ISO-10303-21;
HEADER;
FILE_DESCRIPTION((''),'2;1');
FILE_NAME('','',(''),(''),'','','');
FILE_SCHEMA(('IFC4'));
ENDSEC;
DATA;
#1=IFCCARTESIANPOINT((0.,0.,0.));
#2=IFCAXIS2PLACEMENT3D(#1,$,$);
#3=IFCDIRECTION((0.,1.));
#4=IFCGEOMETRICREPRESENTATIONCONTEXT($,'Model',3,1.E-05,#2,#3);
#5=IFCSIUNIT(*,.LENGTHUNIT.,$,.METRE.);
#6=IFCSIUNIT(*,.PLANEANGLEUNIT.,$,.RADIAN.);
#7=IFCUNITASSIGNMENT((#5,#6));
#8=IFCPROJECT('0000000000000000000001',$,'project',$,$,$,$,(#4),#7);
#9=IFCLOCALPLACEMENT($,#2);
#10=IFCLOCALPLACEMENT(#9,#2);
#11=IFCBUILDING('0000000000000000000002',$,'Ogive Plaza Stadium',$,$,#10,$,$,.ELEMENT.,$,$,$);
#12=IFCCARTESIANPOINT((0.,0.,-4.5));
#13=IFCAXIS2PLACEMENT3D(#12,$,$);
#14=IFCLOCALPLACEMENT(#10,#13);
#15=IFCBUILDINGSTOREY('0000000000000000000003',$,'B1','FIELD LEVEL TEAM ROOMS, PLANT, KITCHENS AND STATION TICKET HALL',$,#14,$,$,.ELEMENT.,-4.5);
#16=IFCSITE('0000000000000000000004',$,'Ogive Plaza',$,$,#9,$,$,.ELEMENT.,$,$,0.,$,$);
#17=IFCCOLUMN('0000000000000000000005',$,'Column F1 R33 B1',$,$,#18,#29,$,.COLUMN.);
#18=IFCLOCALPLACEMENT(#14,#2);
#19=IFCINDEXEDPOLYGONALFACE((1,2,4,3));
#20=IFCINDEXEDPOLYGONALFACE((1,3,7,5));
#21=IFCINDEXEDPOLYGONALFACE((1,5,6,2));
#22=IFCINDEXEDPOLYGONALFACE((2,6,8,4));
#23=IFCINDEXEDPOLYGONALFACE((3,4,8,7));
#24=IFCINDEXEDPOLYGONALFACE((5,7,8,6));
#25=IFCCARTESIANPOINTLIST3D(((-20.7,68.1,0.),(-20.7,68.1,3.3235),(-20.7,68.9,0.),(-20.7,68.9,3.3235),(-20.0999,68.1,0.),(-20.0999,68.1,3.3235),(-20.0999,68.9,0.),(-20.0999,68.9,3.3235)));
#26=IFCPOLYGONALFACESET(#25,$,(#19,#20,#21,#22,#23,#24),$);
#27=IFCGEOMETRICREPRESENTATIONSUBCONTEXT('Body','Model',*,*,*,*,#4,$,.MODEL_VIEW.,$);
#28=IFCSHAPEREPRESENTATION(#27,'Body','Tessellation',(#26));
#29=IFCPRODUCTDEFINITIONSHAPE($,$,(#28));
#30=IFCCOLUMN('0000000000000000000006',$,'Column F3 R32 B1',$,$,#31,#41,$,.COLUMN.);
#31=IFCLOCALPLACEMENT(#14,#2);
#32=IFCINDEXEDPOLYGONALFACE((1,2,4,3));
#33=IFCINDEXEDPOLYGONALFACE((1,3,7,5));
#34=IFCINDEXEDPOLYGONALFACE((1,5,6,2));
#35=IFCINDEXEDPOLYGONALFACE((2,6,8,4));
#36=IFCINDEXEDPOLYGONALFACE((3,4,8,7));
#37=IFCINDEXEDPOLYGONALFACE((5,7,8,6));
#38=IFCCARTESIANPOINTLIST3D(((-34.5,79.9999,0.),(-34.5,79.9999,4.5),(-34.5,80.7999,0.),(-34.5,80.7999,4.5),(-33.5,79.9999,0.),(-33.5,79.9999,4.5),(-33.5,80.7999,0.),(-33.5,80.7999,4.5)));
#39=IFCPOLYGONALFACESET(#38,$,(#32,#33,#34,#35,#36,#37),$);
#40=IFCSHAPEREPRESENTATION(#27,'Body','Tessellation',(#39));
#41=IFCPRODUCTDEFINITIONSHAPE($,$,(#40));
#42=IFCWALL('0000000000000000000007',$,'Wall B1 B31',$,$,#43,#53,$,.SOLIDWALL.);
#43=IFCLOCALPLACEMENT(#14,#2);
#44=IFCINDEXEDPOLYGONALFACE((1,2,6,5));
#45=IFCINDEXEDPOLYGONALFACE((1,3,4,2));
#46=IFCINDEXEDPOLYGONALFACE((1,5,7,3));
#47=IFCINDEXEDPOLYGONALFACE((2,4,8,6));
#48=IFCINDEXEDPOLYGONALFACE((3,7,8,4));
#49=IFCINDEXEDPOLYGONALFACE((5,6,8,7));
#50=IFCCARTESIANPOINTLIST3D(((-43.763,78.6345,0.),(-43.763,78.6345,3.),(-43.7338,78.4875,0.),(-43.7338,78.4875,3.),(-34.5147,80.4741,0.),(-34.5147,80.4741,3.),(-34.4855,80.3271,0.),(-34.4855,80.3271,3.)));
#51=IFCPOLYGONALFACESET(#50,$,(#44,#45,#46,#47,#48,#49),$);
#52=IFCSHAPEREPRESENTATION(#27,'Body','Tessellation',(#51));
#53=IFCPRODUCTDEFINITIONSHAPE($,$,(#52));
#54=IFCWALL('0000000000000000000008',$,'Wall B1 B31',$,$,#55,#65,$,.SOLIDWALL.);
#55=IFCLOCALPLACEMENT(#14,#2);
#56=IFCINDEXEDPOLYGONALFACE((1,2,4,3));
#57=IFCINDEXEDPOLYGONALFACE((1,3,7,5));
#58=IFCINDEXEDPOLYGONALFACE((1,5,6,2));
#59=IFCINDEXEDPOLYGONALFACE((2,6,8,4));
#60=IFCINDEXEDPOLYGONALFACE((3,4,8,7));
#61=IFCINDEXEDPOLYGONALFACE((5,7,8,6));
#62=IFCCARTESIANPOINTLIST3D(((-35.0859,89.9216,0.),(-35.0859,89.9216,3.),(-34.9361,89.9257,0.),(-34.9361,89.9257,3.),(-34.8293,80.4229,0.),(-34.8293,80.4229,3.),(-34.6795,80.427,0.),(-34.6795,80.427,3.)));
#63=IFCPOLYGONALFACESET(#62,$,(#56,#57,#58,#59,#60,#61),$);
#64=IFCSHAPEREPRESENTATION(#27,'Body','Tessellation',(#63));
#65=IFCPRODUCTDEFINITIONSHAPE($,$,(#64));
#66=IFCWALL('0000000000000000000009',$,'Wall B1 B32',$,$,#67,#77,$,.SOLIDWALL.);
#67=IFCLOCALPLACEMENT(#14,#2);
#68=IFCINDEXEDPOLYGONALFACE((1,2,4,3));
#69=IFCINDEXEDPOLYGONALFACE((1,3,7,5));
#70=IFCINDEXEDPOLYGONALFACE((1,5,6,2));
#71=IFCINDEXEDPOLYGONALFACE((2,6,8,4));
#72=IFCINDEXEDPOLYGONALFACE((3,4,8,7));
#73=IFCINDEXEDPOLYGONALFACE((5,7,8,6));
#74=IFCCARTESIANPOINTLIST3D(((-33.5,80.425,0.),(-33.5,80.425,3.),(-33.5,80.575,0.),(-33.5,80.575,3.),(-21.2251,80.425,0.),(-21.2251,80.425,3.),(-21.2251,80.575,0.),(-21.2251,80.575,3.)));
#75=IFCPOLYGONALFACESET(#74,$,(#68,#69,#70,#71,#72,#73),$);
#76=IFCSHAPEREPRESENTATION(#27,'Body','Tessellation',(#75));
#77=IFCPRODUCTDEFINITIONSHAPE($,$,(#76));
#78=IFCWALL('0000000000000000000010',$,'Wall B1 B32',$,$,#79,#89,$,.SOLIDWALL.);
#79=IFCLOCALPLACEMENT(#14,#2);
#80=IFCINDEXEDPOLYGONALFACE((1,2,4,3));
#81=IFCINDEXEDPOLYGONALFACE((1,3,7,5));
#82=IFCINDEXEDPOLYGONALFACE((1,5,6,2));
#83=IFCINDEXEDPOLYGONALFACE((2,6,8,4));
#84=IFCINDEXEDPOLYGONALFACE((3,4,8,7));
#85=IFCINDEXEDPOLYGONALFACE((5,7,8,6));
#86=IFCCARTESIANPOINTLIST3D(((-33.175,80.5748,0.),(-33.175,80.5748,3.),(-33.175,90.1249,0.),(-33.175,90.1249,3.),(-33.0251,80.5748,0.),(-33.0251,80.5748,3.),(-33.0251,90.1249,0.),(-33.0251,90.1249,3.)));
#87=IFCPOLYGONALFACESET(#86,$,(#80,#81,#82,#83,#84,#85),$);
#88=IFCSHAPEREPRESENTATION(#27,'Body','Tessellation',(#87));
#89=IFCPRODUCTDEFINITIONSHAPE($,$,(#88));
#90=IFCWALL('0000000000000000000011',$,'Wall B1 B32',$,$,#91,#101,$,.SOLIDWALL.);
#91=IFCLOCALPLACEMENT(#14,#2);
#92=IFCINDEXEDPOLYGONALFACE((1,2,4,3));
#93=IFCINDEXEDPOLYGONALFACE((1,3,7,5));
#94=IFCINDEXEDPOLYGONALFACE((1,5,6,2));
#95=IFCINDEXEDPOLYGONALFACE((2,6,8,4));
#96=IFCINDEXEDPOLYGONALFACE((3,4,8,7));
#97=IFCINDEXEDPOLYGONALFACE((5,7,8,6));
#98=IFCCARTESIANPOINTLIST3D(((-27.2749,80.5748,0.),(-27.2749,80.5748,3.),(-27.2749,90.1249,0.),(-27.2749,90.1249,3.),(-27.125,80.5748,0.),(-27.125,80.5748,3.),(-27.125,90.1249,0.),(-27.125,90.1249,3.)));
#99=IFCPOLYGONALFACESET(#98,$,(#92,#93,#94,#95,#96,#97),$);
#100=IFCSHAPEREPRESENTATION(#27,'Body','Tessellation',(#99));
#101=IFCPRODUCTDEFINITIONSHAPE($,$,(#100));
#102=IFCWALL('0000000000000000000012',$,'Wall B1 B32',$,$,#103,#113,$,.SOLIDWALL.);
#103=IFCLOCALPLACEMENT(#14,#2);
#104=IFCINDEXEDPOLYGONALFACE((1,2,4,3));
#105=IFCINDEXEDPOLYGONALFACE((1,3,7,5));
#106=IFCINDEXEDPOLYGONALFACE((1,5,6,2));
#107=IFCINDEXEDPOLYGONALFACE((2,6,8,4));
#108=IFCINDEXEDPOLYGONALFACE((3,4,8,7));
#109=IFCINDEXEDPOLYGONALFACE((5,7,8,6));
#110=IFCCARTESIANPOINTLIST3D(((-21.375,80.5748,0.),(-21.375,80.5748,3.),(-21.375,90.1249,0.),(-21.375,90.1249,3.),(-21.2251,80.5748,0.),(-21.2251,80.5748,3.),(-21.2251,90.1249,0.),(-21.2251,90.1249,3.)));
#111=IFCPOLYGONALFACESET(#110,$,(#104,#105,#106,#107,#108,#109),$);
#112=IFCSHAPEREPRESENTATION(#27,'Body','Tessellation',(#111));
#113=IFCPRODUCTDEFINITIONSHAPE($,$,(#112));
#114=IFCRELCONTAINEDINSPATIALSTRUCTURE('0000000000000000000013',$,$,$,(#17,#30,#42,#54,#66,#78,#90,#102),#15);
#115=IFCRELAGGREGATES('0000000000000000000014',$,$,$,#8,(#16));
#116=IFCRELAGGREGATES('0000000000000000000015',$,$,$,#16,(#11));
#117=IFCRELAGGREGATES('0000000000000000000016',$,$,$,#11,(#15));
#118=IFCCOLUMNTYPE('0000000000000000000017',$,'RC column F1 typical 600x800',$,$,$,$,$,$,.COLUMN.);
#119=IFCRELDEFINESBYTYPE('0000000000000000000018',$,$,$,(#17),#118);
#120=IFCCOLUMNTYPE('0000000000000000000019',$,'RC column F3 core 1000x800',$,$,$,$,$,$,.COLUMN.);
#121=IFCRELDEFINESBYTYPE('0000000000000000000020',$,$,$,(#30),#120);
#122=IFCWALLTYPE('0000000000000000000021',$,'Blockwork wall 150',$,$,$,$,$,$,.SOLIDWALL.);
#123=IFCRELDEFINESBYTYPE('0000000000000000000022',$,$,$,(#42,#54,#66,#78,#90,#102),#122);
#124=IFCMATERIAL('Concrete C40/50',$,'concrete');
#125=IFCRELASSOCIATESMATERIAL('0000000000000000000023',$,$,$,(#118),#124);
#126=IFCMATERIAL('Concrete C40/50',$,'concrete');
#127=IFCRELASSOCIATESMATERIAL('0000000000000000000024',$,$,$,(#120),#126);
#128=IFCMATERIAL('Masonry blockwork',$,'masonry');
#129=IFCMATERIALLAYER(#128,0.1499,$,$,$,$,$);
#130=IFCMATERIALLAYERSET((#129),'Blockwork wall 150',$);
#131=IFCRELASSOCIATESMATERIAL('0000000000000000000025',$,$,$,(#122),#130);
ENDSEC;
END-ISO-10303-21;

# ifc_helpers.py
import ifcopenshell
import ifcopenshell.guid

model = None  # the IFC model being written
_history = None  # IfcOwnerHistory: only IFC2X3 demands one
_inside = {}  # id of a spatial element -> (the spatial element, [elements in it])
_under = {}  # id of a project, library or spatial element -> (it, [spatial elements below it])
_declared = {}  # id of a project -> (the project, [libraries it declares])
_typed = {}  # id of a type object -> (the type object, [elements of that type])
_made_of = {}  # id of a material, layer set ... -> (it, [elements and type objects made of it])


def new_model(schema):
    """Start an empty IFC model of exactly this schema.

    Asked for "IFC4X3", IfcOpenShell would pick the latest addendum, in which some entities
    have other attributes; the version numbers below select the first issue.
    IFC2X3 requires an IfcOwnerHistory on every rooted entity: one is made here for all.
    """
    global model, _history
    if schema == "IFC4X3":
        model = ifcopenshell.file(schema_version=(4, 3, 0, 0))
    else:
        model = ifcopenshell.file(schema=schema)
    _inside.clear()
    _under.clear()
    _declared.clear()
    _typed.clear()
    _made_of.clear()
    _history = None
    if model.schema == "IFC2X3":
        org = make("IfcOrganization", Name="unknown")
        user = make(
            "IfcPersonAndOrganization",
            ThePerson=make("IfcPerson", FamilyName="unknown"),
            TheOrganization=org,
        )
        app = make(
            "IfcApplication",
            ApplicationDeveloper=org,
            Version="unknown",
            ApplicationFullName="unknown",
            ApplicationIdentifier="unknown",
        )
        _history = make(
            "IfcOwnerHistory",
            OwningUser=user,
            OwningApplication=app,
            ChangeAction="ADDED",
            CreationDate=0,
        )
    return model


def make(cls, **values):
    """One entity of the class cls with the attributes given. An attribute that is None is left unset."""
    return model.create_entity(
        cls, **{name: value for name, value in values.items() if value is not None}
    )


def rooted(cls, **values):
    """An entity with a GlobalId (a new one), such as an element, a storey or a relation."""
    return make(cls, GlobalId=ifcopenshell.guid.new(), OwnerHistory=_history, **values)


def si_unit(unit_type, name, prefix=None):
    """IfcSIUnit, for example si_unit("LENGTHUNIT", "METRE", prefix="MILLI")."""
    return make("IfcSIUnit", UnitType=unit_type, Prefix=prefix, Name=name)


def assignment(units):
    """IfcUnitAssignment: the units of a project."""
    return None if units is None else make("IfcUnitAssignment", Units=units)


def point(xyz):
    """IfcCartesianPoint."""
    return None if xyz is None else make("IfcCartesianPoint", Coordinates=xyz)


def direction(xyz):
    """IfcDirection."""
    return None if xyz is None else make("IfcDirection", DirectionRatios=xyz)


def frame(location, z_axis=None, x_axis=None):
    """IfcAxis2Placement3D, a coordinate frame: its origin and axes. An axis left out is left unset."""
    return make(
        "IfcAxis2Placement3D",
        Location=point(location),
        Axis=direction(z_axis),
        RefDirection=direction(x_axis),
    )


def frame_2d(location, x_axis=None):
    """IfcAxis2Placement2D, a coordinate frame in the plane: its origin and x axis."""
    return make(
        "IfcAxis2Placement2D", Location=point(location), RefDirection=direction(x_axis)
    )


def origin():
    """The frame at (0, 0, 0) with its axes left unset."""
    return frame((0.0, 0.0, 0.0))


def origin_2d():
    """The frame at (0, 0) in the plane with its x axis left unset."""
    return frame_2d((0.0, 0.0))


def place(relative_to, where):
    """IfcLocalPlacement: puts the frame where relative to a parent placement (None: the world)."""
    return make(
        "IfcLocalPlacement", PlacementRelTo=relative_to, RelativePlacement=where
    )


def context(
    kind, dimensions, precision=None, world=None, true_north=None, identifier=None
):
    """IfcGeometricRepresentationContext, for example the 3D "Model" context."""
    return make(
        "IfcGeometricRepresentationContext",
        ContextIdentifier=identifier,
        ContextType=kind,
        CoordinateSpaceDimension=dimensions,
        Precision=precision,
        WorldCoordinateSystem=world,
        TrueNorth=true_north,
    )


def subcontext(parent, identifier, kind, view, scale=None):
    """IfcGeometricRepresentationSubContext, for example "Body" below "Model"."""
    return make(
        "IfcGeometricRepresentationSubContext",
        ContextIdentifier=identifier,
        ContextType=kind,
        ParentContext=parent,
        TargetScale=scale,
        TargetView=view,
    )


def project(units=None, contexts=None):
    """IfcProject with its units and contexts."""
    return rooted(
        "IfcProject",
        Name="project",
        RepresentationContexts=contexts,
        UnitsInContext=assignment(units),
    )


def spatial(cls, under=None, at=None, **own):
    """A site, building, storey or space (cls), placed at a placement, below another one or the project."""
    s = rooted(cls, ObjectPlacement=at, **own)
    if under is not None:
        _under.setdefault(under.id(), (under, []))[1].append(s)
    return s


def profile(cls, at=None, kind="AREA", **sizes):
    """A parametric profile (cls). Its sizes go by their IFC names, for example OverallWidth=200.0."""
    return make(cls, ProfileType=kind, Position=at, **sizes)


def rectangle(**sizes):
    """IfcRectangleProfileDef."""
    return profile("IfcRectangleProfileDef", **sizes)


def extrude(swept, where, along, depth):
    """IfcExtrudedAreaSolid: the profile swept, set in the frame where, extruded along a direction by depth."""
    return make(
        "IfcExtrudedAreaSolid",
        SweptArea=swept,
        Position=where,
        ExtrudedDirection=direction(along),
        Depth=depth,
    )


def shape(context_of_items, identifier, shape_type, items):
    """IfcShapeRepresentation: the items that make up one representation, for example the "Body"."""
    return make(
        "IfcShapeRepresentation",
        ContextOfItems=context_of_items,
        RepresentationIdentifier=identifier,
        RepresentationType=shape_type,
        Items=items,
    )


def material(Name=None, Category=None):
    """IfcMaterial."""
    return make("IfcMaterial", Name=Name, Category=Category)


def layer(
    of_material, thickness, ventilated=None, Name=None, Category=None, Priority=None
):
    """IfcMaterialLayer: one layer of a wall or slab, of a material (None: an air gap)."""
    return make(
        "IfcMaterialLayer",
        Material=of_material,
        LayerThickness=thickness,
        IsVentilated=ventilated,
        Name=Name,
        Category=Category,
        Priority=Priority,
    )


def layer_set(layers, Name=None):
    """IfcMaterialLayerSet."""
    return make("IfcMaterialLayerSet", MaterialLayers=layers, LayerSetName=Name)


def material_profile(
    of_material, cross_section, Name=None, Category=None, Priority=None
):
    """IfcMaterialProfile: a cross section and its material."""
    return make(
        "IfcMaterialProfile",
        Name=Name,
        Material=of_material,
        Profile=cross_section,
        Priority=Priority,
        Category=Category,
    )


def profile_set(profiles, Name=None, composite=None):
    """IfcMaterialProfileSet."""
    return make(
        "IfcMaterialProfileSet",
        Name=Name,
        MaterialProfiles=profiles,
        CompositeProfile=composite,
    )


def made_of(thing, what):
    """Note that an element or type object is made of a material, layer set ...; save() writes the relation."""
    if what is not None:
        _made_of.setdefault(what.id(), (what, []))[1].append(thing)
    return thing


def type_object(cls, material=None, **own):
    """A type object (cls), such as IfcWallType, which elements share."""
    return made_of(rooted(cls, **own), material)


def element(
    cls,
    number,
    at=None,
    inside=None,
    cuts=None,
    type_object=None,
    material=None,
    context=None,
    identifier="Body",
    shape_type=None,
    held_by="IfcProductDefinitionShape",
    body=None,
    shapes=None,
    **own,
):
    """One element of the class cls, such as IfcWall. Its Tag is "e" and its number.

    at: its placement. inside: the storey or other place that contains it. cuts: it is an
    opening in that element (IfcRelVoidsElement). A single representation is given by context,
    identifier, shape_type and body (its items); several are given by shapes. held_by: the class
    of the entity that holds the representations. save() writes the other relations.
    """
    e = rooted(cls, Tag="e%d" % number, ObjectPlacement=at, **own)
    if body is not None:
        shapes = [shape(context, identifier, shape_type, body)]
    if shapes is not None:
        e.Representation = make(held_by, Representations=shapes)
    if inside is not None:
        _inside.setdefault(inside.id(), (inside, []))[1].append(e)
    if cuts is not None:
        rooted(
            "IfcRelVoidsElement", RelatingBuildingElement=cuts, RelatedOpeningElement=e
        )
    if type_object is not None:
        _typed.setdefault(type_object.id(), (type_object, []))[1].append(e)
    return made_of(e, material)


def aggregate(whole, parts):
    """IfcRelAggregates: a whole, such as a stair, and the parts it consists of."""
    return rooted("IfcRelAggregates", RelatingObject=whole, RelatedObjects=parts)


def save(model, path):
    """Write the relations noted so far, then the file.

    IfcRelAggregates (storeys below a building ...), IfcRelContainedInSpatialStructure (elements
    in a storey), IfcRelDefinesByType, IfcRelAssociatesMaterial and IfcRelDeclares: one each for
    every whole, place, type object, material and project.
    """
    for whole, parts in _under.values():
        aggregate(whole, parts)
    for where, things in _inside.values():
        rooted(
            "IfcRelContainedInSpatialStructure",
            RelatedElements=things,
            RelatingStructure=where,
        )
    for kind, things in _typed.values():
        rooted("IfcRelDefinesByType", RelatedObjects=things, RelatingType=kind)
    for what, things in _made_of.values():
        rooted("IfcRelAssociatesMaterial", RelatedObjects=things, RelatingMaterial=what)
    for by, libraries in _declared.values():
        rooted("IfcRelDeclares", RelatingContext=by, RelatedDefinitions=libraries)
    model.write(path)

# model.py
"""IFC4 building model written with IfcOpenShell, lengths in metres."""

from ifc_helpers import new_model, si_unit, direction, frame, frame_2d, origin, origin_2d, place, context, subcontext, project, spatial, rectangle, extrude, material, layer, layer_set, material_profile, profile_set, type_object, element, save


model = new_model("IFC4")

# Units and contexts
model_context = context("Model", 3, precision=1e-05, world=origin(), true_north=direction((0.0, 1.0)))
body_context = subcontext(model_context, "Body", "Model", "MODEL_VIEW")
ifc_project = project(units=[si_unit("LENGTHUNIT", "METRE"), si_unit("PLANEANGLEUNIT", "RADIAN")], contexts=[model_context])

# Site, building, storey
site_placement = place(None, origin())
site = spatial("IfcSite", under=ifc_project, at=site_placement, Name="Ogive Plaza", CompositionType="ELEMENT", RefElevation=0.0)
building_placement = place(site_placement, origin())
building = spatial("IfcBuilding", under=site, at=building_placement, Name="Ogive Plaza Stadium", CompositionType="ELEMENT")
storey_placement = place(building_placement, frame((0.0, 0.0, -4.5)))
storey = spatial("IfcBuildingStorey", under=building, at=storey_placement, Name="B1", Description="FIELD LEVEL TEAM ROOMS, PLANT, KITCHENS AND STATION TICKET HALL", CompositionType="ELEMENT", Elevation=-4.5)

# Columns
ifc_material_1 = material(Name="Concrete C40/50", Category="concrete")
ifc_material_profile_1 = material_profile(ifc_material_1, rectangle(XDim=0.6001, YDim=0.8, at=origin_2d()), Name="RC 600x800")
ifc_profile_set_1 = profile_set([ifc_material_profile_1], Name="Concrete C40/50")
column_type_1 = type_object("IfcColumnType", Name="RC column F1 typical 600x800", PredefinedType="COLUMN", material=ifc_profile_set_1)
column_1_placement = place(storey_placement, frame((-20.3999, 68.5, 0.0), z_axis=(0.0, 0.0, 1.0), x_axis=(-1.0, 0.0, 0.0)))
element("IfcColumn", 1, at=column_1_placement, inside=storey, type_object=column_type_1, Name="Column F1 R33 B1", PredefinedType="COLUMN", context=body_context, shape_type="SweptSolid", body=[
    extrude(rectangle(XDim=0.6001, YDim=0.8, at=origin_2d()), origin(), (0.0, 0.0, 1.0), 3.3235),
])
ifc_material_2 = material(Name="Concrete C40/50", Category="concrete")
ifc_material_profile_2 = material_profile(ifc_material_2, rectangle(XDim=1.0, YDim=0.8, at=origin_2d()), Name="RC 1000x800")
ifc_profile_set_2 = profile_set([ifc_material_profile_2], Name="Concrete C40/50")
column_type_2 = type_object("IfcColumnType", Name="RC column F3 core 1000x800", PredefinedType="COLUMN", material=ifc_profile_set_2)
column_2_placement = place(storey_placement, frame((-34.0, 80.3999, 0.0), z_axis=(0.0, 0.0, 1.0), x_axis=(-1.0, 0.0, 0.0)))
element("IfcColumn", 2, at=column_2_placement, inside=storey, type_object=column_type_2, Name="Column F3 R32 B1", PredefinedType="COLUMN", context=body_context, shape_type="SweptSolid", body=[
    extrude(rectangle(XDim=1.0, YDim=0.8, at=origin_2d()), origin(), (0.0, 0.0, 1.0), 4.5),
])

# Walls
ifc_material_3 = material(Name="Masonry blockwork", Category="masonry")
ifc_layer_1 = layer(ifc_material_3, 0.1499)
ifc_layer_set_1 = layer_set([ifc_layer_1], Name="Blockwork wall 150")
wall_type = type_object("IfcWallType", Name="Blockwork wall 150", PredefinedType="SOLIDWALL", material=ifc_layer_set_1)
wall_1_placement = place(storey_placement, frame((-34.5, 80.4006, 0.0), z_axis=(0.0, 0.0, 1.0), x_axis=(-0.980785, -0.19509, 0.0)))
element("IfcWall", 3, at=wall_1_placement, inside=storey, type_object=wall_type, Name="Wall B1 B31", PredefinedType="SOLIDWALL", context=body_context, shape_type="SweptSolid", body=[
    extrude(rectangle(XDim=9.4294, YDim=0.1499, at=frame_2d((4.7148, 0.0))), origin(), (0.0, 0.0, 1.0), 3.0),
])
wall_2_placement = place(storey_placement, frame((-34.7544, 80.425, 0.0), z_axis=(0.0, 0.0, 1.0), x_axis=(-0.027003, 0.999635, 0.0)))
element("IfcWall", 4, at=wall_2_placement, inside=storey, type_object=wall_type, Name="Wall B1 B31", PredefinedType="SOLIDWALL", context=body_context, shape_type="SweptSolid", body=[
    extrude(rectangle(XDim=9.5022, YDim=0.1499, at=frame_2d((4.751, 0.0))), origin(), (0.0, 0.0, 1.0), 3.0),
])
wall_3_placement = place(storey_placement, frame((-33.5, 80.5, 0.0), z_axis=(0.0, 0.0, 1.0), x_axis=(1.0, 0.0, 0.0)))
element("IfcWall", 5, at=wall_3_placement, inside=storey, type_object=wall_type, Name="Wall B1 B32", PredefinedType="SOLIDWALL", context=body_context, shape_type="SweptSolid", body=[
    extrude(rectangle(XDim=12.2749, YDim=0.1499, at=frame_2d((6.1375, 0.0))), origin(), (0.0, 0.0, 1.0), 3.0),
])
for number, where, z_axis, x_axis, name in (
    (6, (-33.1001, 80.575, 0.0), (0.0, 0.0, 1.0), (0.0, 1.0, 0.0), "Wall B1 B32"),
    (7, (-27.2, 80.575, 0.0), (0.0, 0.0, 1.0), (0.0, 1.0, 0.0), "Wall B1 B32"),
    (8, (-21.3, 80.575, 0.0), (0.0, 0.0, 1.0), (0.0, 1.0, 0.0), "Wall B1 B32"),
):
    element("IfcWall", number, at=place(storey_placement, frame(where, z_axis=z_axis, x_axis=x_axis)), inside=storey, type_object=wall_type, Name=name, PredefinedType="SOLIDWALL", context=body_context, shape_type="SweptSolid", body=[
        extrude(rectangle(XDim=9.55, YDim=0.1499, at=frame_2d((4.7749, 0.0))), origin(), (0.0, 0.0, 1.0), 3.0),
    ])

save(model, "model.ifc")
